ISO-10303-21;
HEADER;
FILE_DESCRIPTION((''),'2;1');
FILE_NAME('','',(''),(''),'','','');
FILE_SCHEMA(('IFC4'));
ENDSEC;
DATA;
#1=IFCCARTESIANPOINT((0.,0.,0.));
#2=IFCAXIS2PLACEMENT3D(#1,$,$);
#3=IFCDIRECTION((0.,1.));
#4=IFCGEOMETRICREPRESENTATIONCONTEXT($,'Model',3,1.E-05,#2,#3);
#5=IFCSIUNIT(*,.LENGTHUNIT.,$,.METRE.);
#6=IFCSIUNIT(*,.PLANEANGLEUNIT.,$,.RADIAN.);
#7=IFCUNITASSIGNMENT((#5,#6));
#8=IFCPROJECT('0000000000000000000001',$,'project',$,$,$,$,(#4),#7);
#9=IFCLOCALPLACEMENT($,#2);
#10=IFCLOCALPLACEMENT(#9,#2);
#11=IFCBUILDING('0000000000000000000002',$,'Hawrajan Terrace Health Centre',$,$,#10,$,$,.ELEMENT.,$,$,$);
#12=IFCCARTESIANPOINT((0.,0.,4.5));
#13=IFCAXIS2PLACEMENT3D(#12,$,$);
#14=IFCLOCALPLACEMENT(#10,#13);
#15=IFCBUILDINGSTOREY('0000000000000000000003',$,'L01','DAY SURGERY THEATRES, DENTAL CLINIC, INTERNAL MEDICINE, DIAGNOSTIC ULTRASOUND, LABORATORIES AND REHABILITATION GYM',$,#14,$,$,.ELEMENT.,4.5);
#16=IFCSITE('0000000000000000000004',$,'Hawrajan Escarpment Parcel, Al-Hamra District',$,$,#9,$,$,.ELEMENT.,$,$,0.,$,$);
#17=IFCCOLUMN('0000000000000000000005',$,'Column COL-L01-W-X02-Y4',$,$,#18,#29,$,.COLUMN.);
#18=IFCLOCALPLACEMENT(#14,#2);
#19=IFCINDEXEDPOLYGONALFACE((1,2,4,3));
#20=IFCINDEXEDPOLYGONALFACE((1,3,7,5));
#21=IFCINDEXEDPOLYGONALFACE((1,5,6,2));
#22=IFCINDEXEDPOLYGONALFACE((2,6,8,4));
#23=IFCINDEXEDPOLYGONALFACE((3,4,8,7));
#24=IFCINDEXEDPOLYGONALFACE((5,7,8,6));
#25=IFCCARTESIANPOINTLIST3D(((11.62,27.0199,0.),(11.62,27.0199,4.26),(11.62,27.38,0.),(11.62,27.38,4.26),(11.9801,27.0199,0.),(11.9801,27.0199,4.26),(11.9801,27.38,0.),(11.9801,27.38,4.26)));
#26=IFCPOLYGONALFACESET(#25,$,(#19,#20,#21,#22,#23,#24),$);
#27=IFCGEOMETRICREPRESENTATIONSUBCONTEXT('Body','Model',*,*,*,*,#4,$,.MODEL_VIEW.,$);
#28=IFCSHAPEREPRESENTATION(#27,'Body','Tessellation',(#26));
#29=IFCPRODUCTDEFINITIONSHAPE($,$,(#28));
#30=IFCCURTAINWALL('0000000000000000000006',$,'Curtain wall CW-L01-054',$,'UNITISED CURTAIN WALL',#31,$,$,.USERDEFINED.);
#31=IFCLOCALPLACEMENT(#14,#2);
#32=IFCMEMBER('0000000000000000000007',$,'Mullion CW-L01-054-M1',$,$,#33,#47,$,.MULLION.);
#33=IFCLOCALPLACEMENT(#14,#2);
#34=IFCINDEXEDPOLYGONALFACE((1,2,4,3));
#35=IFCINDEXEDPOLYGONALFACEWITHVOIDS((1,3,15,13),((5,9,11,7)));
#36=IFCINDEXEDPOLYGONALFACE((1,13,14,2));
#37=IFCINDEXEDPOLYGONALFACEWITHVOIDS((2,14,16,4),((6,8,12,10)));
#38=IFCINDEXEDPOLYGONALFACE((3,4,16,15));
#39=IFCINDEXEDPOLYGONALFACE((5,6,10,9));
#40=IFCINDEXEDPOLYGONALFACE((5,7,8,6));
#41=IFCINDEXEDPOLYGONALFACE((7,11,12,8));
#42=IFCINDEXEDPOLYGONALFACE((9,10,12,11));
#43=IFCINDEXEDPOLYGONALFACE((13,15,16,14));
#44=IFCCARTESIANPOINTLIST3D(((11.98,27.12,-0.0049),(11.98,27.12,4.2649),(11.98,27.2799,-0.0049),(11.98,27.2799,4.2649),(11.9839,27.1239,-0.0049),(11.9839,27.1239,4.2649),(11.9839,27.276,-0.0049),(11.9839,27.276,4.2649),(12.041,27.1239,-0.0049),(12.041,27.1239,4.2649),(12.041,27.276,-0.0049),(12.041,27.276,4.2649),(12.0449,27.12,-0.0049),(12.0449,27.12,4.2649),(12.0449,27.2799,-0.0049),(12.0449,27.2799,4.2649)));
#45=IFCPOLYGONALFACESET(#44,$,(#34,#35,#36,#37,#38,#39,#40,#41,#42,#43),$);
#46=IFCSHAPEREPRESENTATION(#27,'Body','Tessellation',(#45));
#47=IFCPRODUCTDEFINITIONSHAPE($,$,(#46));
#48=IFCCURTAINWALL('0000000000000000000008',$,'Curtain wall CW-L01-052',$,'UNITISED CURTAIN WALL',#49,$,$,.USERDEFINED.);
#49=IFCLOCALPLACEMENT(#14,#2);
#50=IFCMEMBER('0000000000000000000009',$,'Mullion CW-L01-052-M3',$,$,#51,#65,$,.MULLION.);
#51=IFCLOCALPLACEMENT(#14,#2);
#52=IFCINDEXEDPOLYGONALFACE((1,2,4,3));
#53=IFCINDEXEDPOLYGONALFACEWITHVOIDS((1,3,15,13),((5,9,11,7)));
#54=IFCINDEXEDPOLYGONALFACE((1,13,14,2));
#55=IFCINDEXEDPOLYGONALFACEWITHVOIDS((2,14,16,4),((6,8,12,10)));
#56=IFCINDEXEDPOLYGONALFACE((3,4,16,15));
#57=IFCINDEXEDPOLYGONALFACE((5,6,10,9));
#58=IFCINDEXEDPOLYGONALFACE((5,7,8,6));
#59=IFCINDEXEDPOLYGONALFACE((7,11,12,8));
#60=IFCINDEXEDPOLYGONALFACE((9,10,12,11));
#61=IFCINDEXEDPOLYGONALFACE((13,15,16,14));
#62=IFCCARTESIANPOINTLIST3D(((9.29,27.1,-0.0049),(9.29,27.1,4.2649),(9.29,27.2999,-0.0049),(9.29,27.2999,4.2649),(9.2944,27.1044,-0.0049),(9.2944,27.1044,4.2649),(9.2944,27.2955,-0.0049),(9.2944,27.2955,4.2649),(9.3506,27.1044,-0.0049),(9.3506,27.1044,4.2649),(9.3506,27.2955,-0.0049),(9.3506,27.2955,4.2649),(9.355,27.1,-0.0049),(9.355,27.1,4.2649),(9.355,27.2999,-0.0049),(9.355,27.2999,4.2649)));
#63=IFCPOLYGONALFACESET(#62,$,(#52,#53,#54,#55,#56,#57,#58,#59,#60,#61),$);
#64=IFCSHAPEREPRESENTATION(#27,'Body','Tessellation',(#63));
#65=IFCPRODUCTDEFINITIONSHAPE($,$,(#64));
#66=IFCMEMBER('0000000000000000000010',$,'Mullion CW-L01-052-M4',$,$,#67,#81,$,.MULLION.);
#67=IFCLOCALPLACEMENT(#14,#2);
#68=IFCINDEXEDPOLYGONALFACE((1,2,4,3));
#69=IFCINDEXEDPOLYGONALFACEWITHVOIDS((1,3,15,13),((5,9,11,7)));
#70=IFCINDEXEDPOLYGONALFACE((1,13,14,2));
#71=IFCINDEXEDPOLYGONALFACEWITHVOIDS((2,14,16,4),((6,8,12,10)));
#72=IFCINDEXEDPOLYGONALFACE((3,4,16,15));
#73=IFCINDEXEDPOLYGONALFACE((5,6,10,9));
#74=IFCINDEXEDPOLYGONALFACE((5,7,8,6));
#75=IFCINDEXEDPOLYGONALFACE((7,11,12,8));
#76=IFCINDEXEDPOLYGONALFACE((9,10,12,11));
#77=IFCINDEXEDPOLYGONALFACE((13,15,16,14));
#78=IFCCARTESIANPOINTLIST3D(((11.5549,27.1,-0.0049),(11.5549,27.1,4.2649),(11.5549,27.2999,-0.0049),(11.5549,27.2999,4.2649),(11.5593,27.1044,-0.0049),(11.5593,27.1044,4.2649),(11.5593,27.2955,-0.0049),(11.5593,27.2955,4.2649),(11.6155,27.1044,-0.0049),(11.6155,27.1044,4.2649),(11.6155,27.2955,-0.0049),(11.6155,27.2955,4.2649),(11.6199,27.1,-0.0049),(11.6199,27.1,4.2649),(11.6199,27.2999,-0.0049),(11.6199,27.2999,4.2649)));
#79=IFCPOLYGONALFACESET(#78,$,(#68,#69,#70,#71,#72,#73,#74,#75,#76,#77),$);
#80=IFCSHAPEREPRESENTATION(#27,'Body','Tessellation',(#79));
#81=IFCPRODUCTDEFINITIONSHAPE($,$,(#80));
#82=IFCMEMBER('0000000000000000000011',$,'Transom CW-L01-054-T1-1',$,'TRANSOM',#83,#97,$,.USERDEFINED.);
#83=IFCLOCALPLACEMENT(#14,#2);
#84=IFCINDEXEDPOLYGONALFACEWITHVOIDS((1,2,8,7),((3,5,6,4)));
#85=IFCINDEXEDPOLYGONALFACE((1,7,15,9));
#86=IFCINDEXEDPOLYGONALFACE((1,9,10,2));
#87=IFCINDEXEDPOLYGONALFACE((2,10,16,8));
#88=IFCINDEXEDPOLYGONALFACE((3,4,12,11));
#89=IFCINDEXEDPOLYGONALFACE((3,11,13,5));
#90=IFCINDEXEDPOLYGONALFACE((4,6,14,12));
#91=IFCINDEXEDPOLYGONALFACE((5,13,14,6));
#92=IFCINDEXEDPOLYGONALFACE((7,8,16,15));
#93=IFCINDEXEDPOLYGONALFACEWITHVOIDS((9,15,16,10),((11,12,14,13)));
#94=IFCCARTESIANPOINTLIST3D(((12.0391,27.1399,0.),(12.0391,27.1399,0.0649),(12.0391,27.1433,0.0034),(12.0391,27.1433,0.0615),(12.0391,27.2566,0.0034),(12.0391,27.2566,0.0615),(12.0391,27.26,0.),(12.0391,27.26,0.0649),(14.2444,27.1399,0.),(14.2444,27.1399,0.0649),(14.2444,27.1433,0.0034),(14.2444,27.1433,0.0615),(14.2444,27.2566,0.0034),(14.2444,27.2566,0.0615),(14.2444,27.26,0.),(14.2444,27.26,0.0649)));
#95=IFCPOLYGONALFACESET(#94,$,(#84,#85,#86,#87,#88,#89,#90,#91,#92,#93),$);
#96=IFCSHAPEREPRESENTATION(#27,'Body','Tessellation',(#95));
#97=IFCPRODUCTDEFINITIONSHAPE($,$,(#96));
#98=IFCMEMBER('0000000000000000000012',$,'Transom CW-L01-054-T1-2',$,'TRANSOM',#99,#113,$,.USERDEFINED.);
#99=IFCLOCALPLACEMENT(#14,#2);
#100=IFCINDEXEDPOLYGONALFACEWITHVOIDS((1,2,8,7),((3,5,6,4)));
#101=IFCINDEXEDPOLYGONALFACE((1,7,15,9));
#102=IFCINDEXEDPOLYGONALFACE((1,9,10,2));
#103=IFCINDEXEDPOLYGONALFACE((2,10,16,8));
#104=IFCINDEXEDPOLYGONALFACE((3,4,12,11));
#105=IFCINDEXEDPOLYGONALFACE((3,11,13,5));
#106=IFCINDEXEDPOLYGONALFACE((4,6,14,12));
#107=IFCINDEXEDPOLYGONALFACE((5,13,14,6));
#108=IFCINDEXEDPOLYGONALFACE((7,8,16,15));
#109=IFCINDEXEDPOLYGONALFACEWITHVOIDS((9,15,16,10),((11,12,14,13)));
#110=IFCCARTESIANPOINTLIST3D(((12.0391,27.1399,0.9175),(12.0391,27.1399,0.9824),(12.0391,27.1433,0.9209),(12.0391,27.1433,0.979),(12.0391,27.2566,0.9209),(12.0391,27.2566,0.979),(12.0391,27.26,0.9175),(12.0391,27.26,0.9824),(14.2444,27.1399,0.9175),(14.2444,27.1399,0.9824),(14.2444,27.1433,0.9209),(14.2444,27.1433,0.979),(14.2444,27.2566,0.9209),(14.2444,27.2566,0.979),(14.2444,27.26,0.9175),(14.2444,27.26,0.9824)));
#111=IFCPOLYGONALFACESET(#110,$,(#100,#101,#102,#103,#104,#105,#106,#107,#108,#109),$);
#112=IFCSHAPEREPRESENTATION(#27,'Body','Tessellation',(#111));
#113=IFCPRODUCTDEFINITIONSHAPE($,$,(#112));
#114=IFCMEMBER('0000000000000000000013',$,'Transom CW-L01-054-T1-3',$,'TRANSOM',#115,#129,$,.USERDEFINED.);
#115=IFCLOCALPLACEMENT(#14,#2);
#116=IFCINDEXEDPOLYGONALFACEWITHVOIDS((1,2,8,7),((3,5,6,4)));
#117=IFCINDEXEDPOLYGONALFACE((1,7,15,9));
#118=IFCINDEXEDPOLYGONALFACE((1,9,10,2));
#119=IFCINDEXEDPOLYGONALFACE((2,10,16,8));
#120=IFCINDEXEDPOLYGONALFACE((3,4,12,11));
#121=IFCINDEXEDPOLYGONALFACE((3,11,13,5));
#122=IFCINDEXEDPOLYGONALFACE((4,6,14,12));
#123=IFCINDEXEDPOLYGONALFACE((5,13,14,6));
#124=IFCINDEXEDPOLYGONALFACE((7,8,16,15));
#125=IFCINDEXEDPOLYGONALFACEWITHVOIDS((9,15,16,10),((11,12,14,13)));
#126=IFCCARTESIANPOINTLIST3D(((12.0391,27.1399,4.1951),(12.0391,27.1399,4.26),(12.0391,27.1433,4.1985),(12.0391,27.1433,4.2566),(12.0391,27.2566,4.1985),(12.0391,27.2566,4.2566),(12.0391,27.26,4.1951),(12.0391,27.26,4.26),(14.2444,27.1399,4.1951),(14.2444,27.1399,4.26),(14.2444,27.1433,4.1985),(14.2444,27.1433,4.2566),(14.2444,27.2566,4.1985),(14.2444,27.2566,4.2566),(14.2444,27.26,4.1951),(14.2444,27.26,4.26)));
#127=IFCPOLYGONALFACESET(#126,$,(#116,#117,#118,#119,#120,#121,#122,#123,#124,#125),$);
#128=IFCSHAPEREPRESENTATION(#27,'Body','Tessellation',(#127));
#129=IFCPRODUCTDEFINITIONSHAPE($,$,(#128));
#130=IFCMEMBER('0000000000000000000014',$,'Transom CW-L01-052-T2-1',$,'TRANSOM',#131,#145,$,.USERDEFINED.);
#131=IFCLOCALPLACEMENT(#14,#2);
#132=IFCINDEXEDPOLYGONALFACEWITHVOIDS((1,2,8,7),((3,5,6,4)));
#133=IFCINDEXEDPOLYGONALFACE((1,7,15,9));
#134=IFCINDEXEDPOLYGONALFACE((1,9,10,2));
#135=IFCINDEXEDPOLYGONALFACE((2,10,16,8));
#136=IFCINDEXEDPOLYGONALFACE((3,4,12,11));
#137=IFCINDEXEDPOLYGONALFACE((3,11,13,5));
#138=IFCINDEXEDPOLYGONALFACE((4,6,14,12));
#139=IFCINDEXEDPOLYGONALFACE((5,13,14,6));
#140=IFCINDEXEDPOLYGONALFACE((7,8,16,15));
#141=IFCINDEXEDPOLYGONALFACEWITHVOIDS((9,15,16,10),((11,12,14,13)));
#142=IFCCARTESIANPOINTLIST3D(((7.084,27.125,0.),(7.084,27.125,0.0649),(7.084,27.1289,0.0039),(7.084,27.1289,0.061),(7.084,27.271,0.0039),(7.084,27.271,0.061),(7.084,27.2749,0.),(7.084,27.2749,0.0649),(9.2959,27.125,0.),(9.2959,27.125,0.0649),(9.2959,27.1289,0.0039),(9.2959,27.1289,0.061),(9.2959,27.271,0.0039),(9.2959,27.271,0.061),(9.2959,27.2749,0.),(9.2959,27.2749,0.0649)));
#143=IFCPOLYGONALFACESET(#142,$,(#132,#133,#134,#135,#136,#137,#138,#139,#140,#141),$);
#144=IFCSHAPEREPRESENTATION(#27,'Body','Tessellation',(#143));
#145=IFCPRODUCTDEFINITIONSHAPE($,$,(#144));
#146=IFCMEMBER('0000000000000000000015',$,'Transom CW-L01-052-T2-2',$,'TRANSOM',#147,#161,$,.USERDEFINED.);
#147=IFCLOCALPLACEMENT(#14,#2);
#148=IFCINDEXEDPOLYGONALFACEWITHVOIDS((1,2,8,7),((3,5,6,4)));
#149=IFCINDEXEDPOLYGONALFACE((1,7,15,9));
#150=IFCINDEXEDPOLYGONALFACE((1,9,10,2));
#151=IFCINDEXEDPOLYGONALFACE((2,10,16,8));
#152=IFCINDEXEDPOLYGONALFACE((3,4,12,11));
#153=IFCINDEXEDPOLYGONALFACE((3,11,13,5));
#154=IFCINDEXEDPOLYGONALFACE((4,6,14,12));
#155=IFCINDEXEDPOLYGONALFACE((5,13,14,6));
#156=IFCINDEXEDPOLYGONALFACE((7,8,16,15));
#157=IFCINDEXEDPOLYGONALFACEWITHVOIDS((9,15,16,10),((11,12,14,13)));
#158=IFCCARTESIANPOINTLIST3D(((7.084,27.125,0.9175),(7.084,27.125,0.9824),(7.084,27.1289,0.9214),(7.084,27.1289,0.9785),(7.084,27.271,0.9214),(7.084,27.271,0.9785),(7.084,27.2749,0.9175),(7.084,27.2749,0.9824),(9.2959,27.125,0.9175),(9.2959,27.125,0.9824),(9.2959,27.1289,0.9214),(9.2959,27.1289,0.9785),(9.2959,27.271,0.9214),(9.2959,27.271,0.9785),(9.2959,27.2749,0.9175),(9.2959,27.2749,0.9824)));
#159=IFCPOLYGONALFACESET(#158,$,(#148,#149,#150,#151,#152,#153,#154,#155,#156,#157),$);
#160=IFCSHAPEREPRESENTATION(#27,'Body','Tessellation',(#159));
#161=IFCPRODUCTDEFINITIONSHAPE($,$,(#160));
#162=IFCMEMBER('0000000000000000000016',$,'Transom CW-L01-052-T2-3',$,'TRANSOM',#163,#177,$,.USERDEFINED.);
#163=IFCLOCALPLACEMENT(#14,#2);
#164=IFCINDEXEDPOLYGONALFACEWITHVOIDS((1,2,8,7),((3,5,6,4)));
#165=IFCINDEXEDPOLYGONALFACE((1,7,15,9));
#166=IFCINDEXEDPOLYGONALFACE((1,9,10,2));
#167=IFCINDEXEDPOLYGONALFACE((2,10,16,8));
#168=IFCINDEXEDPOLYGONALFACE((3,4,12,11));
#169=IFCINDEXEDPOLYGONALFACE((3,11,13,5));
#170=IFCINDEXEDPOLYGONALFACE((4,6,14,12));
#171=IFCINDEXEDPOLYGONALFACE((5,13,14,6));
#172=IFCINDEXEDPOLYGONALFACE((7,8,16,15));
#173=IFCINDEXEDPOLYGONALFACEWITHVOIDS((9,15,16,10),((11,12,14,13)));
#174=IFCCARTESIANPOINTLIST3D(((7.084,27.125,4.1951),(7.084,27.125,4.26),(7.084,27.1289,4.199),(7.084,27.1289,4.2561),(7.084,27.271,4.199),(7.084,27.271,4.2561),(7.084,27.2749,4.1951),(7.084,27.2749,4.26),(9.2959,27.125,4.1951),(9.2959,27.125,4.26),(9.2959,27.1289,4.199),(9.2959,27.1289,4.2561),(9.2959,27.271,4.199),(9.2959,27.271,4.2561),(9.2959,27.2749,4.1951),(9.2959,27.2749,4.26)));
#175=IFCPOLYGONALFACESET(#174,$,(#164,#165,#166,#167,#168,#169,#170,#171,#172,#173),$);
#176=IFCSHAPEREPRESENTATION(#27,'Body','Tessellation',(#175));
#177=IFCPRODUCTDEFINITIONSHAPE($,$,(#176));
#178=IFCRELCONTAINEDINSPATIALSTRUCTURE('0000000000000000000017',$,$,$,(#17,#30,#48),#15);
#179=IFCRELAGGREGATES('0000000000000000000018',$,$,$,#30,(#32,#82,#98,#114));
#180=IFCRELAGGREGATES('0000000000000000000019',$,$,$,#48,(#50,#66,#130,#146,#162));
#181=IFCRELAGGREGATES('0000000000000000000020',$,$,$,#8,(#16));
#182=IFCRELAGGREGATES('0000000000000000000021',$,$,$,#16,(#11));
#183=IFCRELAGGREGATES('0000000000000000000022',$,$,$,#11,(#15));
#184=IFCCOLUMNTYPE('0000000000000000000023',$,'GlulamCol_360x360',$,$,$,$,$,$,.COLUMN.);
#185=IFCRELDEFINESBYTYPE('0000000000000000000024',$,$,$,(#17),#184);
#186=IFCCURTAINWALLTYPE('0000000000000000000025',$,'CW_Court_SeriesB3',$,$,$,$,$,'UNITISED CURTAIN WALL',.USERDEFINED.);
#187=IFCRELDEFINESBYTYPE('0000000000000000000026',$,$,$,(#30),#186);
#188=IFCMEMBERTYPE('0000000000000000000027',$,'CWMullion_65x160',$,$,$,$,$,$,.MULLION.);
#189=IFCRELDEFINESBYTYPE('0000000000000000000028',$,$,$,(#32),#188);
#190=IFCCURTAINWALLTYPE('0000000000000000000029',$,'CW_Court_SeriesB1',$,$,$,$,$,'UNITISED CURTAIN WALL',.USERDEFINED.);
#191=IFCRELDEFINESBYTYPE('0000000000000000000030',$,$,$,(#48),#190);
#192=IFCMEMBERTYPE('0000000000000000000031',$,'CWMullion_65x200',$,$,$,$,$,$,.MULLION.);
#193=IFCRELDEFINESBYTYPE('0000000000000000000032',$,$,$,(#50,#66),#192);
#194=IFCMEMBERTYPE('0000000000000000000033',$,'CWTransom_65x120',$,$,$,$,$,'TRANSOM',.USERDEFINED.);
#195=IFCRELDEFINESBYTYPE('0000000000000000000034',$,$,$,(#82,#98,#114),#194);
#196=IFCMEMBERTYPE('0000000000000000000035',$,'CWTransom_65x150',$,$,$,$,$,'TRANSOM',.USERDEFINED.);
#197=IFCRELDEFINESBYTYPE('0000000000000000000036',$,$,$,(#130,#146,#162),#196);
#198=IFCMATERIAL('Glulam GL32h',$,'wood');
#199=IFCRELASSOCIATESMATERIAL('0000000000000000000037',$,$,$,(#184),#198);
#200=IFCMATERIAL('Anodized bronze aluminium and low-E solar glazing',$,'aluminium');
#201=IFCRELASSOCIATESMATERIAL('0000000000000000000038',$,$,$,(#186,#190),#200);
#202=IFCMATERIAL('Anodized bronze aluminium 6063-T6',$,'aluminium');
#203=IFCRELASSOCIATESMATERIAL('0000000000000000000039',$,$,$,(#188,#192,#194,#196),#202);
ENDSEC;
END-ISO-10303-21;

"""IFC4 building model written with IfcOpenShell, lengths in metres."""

from ifc_helpers import new_model, si_unit, direction, frame, origin, origin_2d, place, context, subcontext, project, spatial, rectangle, hollow_rectangle, extrude, material, material_profile, profile_set, type_object, element, aggregate, save


model = new_model("IFC4")

# Units and contexts
model_context = context("Model", 3, precision=1e-05, world=origin(), true_north=direction((0.0, 1.0)))
body_context = subcontext(model_context, "Body", "Model", "MODEL_VIEW")
ifc_project = project(units=[si_unit("LENGTHUNIT", "METRE"), si_unit("PLANEANGLEUNIT", "RADIAN")], contexts=[model_context])

# Site, building, storey
site_placement = place(None, origin())
site = spatial("IfcSite", under=ifc_project, at=site_placement, Name="Hawrajan Escarpment Parcel, Al-Hamra District", CompositionType="ELEMENT", RefElevation=0.0)
building_placement = place(site_placement, origin())
building = spatial("IfcBuilding", under=site, at=building_placement, Name="Hawrajan Terrace Health Centre", CompositionType="ELEMENT")
storey_placement = place(building_placement, frame((0.0, 0.0, 4.5)))
storey = spatial("IfcBuildingStorey", under=building, at=storey_placement, Name="L01", Description="DAY SURGERY THEATRES, DENTAL CLINIC, INTERNAL MEDICINE, DIAGNOSTIC ULTRASOUND, LABORATORIES AND REHABILITATION GYM", CompositionType="ELEMENT", Elevation=4.5)

# Column
ifc_material_1 = material(Name="Glulam GL32h", Category="wood")
ifc_material_profile_1 = material_profile(ifc_material_1, rectangle(XDim=0.3601, YDim=0.3601, at=origin_2d()), Name="GL 360x360")
ifc_profile_set_1 = profile_set([ifc_material_profile_1], Name="Glulam GL32h")
column_type = type_object("IfcColumnType", Name="GlulamCol_360x360", PredefinedType="COLUMN", material=ifc_profile_set_1)
column_placement = place(storey_placement, frame((11.8, 27.2, 0.0), z_axis=(0.0, 0.0, 1.0), x_axis=(1.0, 0.0, 0.0)))
element("IfcColumn", 1, at=column_placement, inside=storey, type_object=column_type, Name="Column COL-L01-W-X02-Y4", PredefinedType="COLUMN", context=body_context, shape_type="SweptSolid", body=[
    extrude(rectangle(XDim=0.3601, YDim=0.3601, at=origin_2d()), origin(), (0.0, 0.0, 1.0), 4.26),
])

# Curtain wall, member
ifc_material_2 = material(Name="Anodized bronze aluminium and low-E solar glazing", Category="aluminium")
curtain_wall_type_1 = type_object("IfcCurtainWallType", Name="CW_Court_SeriesB3", ElementType="UNITISED CURTAIN WALL", PredefinedType="USERDEFINED", material=ifc_material_2)
curtain_wall_1_placement = place(storey_placement, origin())
curtain_wall_1 = element("IfcCurtainWall", 2, at=curtain_wall_1_placement, inside=storey, type_object=curtain_wall_type_1, Name="Curtain wall CW-L01-054", ObjectType="UNITISED CURTAIN WALL", PredefinedType="USERDEFINED")
ifc_material_3 = material(Name="Anodized bronze aluminium 6063-T6", Category="aluminium")
ifc_material_profile_2 = material_profile(ifc_material_3, hollow_rectangle(XDim=0.0649, YDim=0.1599, WallThickness=0.0039, at=origin_2d()), Name="CW MUL 65x160")
ifc_profile_set_2 = profile_set([ifc_material_profile_2], Name="Anodized bronze aluminium 6063-T6")
member_type_1 = type_object("IfcMemberType", Name="CWMullion_65x160", PredefinedType="MULLION", material=ifc_profile_set_2)
member_1_placement = place(storey_placement, frame((12.0125, 27.2, -0.0049), z_axis=(0.0, 0.0, 1.0), x_axis=(1.0, 0.0, 0.0)))
member_1 = element("IfcMember", 3, at=member_1_placement, type_object=member_type_1, Name="Mullion CW-L01-054-M1", PredefinedType="MULLION", context=body_context, shape_type="SweptSolid", body=[
    extrude(hollow_rectangle(XDim=0.0649, YDim=0.1599, WallThickness=0.0039, at=origin_2d()), origin(), (0.0, 0.0, 1.0), 4.2698),
])

# Curtain wall, members
curtain_wall_type_2 = type_object("IfcCurtainWallType", Name="CW_Court_SeriesB1", ElementType="UNITISED CURTAIN WALL", PredefinedType="USERDEFINED", material=ifc_material_2)
curtain_wall_2_placement = place(storey_placement, origin())
curtain_wall_2 = element("IfcCurtainWall", 4, at=curtain_wall_2_placement, inside=storey, type_object=curtain_wall_type_2, Name="Curtain wall CW-L01-052", ObjectType="UNITISED CURTAIN WALL", PredefinedType="USERDEFINED")
ifc_material_profile_3 = material_profile(ifc_material_3, hollow_rectangle(XDim=0.0649, YDim=0.2, WallThickness=0.0044, at=origin_2d()), Name="CW MUL 65x200")
ifc_profile_set_3 = profile_set([ifc_material_profile_3], Name="Anodized bronze aluminium 6063-T6")
member_type_2 = type_object("IfcMemberType", Name="CWMullion_65x200", PredefinedType="MULLION", material=ifc_profile_set_3)
member_2_placement = place(storey_placement, frame((9.3225, 27.2, -0.0049), z_axis=(0.0, 0.0, 1.0), x_axis=(1.0, 0.0, 0.0)))
member_2 = element("IfcMember", 5, at=member_2_placement, type_object=member_type_2, Name="Mullion CW-L01-052-M3", PredefinedType="MULLION", context=body_context, shape_type="SweptSolid", body=[
    extrude(hollow_rectangle(XDim=0.0649, YDim=0.2, WallThickness=0.0044, at=origin_2d()), origin(), (0.0, 0.0, 1.0), 4.2698),
])
member_3_placement = place(storey_placement, frame((11.5874, 27.2, -0.0049), z_axis=(0.0, 0.0, 1.0), x_axis=(1.0, 0.0, 0.0)))
member_3 = element("IfcMember", 6, at=member_3_placement, type_object=member_type_2, Name="Mullion CW-L01-052-M4", PredefinedType="MULLION", context=body_context, shape_type="SweptSolid", body=[
    extrude(hollow_rectangle(XDim=0.0649, YDim=0.2, WallThickness=0.0044, at=origin_2d()), origin(), (0.0, 0.0, 1.0), 4.2698),
])

# Members
ifc_material_profile_4 = material_profile(ifc_material_3, hollow_rectangle(XDim=0.0649, YDim=0.1201, WallThickness=0.0034, at=origin_2d()), Name="CW TRN 65x120")
ifc_profile_set_4 = profile_set([ifc_material_profile_4], Name="Anodized bronze aluminium 6063-T6")
member_type_3 = type_object("IfcMemberType", Name="CWTransom_65x120", ElementType="TRANSOM", PredefinedType="USERDEFINED", material=ifc_profile_set_4)
member_4_placement = place(storey_placement, frame((12.0391, 27.2, 0.0325), z_axis=(1.0, 0.0, 0.0), x_axis=(0.0, 0.0, 1.0)))
member_4 = element("IfcMember", 7, at=member_4_placement, type_object=member_type_3, Name="Transom CW-L01-054-T1-1", ObjectType="TRANSOM", PredefinedType="USERDEFINED", context=body_context, shape_type="SweptSolid", body=[
    extrude(hollow_rectangle(XDim=0.0649, YDim=0.1201, WallThickness=0.0034, at=origin_2d()), origin(), (0.0, 0.0, 1.0), 2.2053),
])
member_5_placement = place(storey_placement, frame((12.0391, 27.2, 0.95), z_axis=(1.0, 0.0, 0.0), x_axis=(0.0, 0.0, 1.0)))
member_5 = element("IfcMember", 8, at=member_5_placement, type_object=member_type_3, Name="Transom CW-L01-054-T1-2", ObjectType="TRANSOM", PredefinedType="USERDEFINED", context=body_context, shape_type="SweptSolid", body=[
    extrude(hollow_rectangle(XDim=0.0649, YDim=0.1201, WallThickness=0.0034, at=origin_2d()), origin(), (0.0, 0.0, 1.0), 2.2053),
])
member_6_placement = place(storey_placement, frame((12.0391, 27.2, 4.2275), z_axis=(1.0, 0.0, 0.0), x_axis=(0.0, 0.0, 1.0)))
member_6 = element("IfcMember", 9, at=member_6_placement, type_object=member_type_3, Name="Transom CW-L01-054-T1-3", ObjectType="TRANSOM", PredefinedType="USERDEFINED", context=body_context, shape_type="SweptSolid", body=[
    extrude(hollow_rectangle(XDim=0.0649, YDim=0.1201, WallThickness=0.0034, at=origin_2d()), origin(), (0.0, 0.0, 1.0), 2.2053),
])
aggregate(curtain_wall_1, [member_1, member_4, member_5, member_6])
ifc_material_profile_5 = material_profile(ifc_material_3, hollow_rectangle(XDim=0.0649, YDim=0.1499, WallThickness=0.0039, at=origin_2d()), Name="CW TRN 65x150")
ifc_profile_set_5 = profile_set([ifc_material_profile_5], Name="Anodized bronze aluminium 6063-T6")
member_type_4 = type_object("IfcMemberType", Name="CWTransom_65x150", ElementType="TRANSOM", PredefinedType="USERDEFINED", material=ifc_profile_set_5)
member_7_placement = place(storey_placement, frame((7.084, 27.2, 0.0325), z_axis=(1.0, 0.0, 0.0), x_axis=(0.0, 0.0, 1.0)))
member_7 = element("IfcMember", 10, at=member_7_placement, type_object=member_type_4, Name="Transom CW-L01-052-T2-1", ObjectType="TRANSOM", PredefinedType="USERDEFINED", context=body_context, shape_type="SweptSolid", body=[
    extrude(hollow_rectangle(XDim=0.0649, YDim=0.1499, WallThickness=0.0039, at=origin_2d()), origin(), (0.0, 0.0, 1.0), 2.2119),
])
member_8_placement = place(storey_placement, frame((7.084, 27.2, 0.95), z_axis=(1.0, 0.0, 0.0), x_axis=(0.0, 0.0, 1.0)))
member_8 = element("IfcMember", 11, at=member_8_placement, type_object=member_type_4, Name="Transom CW-L01-052-T2-2", ObjectType="TRANSOM", PredefinedType="USERDEFINED", context=body_context, shape_type="SweptSolid", body=[
    extrude(hollow_rectangle(XDim=0.0649, YDim=0.1499, WallThickness=0.0039, at=origin_2d()), origin(), (0.0, 0.0, 1.0), 2.2119),
])
member_9_placement = place(storey_placement, frame((7.084, 27.2, 4.2275), z_axis=(1.0, 0.0, 0.0), x_axis=(0.0, 0.0, 1.0)))
member_9 = element("IfcMember", 12, at=member_9_placement, type_object=member_type_4, Name="Transom CW-L01-052-T2-3", ObjectType="TRANSOM", PredefinedType="USERDEFINED", context=body_context, shape_type="SweptSolid", body=[
    extrude(hollow_rectangle(XDim=0.0649, YDim=0.1499, WallThickness=0.0039, at=origin_2d()), origin(), (0.0, 0.0, 1.0), 2.2119),
])

aggregate(curtain_wall_2, [member_2, member_3, member_7, member_8, member_9])

save(model, "model.ifc")
